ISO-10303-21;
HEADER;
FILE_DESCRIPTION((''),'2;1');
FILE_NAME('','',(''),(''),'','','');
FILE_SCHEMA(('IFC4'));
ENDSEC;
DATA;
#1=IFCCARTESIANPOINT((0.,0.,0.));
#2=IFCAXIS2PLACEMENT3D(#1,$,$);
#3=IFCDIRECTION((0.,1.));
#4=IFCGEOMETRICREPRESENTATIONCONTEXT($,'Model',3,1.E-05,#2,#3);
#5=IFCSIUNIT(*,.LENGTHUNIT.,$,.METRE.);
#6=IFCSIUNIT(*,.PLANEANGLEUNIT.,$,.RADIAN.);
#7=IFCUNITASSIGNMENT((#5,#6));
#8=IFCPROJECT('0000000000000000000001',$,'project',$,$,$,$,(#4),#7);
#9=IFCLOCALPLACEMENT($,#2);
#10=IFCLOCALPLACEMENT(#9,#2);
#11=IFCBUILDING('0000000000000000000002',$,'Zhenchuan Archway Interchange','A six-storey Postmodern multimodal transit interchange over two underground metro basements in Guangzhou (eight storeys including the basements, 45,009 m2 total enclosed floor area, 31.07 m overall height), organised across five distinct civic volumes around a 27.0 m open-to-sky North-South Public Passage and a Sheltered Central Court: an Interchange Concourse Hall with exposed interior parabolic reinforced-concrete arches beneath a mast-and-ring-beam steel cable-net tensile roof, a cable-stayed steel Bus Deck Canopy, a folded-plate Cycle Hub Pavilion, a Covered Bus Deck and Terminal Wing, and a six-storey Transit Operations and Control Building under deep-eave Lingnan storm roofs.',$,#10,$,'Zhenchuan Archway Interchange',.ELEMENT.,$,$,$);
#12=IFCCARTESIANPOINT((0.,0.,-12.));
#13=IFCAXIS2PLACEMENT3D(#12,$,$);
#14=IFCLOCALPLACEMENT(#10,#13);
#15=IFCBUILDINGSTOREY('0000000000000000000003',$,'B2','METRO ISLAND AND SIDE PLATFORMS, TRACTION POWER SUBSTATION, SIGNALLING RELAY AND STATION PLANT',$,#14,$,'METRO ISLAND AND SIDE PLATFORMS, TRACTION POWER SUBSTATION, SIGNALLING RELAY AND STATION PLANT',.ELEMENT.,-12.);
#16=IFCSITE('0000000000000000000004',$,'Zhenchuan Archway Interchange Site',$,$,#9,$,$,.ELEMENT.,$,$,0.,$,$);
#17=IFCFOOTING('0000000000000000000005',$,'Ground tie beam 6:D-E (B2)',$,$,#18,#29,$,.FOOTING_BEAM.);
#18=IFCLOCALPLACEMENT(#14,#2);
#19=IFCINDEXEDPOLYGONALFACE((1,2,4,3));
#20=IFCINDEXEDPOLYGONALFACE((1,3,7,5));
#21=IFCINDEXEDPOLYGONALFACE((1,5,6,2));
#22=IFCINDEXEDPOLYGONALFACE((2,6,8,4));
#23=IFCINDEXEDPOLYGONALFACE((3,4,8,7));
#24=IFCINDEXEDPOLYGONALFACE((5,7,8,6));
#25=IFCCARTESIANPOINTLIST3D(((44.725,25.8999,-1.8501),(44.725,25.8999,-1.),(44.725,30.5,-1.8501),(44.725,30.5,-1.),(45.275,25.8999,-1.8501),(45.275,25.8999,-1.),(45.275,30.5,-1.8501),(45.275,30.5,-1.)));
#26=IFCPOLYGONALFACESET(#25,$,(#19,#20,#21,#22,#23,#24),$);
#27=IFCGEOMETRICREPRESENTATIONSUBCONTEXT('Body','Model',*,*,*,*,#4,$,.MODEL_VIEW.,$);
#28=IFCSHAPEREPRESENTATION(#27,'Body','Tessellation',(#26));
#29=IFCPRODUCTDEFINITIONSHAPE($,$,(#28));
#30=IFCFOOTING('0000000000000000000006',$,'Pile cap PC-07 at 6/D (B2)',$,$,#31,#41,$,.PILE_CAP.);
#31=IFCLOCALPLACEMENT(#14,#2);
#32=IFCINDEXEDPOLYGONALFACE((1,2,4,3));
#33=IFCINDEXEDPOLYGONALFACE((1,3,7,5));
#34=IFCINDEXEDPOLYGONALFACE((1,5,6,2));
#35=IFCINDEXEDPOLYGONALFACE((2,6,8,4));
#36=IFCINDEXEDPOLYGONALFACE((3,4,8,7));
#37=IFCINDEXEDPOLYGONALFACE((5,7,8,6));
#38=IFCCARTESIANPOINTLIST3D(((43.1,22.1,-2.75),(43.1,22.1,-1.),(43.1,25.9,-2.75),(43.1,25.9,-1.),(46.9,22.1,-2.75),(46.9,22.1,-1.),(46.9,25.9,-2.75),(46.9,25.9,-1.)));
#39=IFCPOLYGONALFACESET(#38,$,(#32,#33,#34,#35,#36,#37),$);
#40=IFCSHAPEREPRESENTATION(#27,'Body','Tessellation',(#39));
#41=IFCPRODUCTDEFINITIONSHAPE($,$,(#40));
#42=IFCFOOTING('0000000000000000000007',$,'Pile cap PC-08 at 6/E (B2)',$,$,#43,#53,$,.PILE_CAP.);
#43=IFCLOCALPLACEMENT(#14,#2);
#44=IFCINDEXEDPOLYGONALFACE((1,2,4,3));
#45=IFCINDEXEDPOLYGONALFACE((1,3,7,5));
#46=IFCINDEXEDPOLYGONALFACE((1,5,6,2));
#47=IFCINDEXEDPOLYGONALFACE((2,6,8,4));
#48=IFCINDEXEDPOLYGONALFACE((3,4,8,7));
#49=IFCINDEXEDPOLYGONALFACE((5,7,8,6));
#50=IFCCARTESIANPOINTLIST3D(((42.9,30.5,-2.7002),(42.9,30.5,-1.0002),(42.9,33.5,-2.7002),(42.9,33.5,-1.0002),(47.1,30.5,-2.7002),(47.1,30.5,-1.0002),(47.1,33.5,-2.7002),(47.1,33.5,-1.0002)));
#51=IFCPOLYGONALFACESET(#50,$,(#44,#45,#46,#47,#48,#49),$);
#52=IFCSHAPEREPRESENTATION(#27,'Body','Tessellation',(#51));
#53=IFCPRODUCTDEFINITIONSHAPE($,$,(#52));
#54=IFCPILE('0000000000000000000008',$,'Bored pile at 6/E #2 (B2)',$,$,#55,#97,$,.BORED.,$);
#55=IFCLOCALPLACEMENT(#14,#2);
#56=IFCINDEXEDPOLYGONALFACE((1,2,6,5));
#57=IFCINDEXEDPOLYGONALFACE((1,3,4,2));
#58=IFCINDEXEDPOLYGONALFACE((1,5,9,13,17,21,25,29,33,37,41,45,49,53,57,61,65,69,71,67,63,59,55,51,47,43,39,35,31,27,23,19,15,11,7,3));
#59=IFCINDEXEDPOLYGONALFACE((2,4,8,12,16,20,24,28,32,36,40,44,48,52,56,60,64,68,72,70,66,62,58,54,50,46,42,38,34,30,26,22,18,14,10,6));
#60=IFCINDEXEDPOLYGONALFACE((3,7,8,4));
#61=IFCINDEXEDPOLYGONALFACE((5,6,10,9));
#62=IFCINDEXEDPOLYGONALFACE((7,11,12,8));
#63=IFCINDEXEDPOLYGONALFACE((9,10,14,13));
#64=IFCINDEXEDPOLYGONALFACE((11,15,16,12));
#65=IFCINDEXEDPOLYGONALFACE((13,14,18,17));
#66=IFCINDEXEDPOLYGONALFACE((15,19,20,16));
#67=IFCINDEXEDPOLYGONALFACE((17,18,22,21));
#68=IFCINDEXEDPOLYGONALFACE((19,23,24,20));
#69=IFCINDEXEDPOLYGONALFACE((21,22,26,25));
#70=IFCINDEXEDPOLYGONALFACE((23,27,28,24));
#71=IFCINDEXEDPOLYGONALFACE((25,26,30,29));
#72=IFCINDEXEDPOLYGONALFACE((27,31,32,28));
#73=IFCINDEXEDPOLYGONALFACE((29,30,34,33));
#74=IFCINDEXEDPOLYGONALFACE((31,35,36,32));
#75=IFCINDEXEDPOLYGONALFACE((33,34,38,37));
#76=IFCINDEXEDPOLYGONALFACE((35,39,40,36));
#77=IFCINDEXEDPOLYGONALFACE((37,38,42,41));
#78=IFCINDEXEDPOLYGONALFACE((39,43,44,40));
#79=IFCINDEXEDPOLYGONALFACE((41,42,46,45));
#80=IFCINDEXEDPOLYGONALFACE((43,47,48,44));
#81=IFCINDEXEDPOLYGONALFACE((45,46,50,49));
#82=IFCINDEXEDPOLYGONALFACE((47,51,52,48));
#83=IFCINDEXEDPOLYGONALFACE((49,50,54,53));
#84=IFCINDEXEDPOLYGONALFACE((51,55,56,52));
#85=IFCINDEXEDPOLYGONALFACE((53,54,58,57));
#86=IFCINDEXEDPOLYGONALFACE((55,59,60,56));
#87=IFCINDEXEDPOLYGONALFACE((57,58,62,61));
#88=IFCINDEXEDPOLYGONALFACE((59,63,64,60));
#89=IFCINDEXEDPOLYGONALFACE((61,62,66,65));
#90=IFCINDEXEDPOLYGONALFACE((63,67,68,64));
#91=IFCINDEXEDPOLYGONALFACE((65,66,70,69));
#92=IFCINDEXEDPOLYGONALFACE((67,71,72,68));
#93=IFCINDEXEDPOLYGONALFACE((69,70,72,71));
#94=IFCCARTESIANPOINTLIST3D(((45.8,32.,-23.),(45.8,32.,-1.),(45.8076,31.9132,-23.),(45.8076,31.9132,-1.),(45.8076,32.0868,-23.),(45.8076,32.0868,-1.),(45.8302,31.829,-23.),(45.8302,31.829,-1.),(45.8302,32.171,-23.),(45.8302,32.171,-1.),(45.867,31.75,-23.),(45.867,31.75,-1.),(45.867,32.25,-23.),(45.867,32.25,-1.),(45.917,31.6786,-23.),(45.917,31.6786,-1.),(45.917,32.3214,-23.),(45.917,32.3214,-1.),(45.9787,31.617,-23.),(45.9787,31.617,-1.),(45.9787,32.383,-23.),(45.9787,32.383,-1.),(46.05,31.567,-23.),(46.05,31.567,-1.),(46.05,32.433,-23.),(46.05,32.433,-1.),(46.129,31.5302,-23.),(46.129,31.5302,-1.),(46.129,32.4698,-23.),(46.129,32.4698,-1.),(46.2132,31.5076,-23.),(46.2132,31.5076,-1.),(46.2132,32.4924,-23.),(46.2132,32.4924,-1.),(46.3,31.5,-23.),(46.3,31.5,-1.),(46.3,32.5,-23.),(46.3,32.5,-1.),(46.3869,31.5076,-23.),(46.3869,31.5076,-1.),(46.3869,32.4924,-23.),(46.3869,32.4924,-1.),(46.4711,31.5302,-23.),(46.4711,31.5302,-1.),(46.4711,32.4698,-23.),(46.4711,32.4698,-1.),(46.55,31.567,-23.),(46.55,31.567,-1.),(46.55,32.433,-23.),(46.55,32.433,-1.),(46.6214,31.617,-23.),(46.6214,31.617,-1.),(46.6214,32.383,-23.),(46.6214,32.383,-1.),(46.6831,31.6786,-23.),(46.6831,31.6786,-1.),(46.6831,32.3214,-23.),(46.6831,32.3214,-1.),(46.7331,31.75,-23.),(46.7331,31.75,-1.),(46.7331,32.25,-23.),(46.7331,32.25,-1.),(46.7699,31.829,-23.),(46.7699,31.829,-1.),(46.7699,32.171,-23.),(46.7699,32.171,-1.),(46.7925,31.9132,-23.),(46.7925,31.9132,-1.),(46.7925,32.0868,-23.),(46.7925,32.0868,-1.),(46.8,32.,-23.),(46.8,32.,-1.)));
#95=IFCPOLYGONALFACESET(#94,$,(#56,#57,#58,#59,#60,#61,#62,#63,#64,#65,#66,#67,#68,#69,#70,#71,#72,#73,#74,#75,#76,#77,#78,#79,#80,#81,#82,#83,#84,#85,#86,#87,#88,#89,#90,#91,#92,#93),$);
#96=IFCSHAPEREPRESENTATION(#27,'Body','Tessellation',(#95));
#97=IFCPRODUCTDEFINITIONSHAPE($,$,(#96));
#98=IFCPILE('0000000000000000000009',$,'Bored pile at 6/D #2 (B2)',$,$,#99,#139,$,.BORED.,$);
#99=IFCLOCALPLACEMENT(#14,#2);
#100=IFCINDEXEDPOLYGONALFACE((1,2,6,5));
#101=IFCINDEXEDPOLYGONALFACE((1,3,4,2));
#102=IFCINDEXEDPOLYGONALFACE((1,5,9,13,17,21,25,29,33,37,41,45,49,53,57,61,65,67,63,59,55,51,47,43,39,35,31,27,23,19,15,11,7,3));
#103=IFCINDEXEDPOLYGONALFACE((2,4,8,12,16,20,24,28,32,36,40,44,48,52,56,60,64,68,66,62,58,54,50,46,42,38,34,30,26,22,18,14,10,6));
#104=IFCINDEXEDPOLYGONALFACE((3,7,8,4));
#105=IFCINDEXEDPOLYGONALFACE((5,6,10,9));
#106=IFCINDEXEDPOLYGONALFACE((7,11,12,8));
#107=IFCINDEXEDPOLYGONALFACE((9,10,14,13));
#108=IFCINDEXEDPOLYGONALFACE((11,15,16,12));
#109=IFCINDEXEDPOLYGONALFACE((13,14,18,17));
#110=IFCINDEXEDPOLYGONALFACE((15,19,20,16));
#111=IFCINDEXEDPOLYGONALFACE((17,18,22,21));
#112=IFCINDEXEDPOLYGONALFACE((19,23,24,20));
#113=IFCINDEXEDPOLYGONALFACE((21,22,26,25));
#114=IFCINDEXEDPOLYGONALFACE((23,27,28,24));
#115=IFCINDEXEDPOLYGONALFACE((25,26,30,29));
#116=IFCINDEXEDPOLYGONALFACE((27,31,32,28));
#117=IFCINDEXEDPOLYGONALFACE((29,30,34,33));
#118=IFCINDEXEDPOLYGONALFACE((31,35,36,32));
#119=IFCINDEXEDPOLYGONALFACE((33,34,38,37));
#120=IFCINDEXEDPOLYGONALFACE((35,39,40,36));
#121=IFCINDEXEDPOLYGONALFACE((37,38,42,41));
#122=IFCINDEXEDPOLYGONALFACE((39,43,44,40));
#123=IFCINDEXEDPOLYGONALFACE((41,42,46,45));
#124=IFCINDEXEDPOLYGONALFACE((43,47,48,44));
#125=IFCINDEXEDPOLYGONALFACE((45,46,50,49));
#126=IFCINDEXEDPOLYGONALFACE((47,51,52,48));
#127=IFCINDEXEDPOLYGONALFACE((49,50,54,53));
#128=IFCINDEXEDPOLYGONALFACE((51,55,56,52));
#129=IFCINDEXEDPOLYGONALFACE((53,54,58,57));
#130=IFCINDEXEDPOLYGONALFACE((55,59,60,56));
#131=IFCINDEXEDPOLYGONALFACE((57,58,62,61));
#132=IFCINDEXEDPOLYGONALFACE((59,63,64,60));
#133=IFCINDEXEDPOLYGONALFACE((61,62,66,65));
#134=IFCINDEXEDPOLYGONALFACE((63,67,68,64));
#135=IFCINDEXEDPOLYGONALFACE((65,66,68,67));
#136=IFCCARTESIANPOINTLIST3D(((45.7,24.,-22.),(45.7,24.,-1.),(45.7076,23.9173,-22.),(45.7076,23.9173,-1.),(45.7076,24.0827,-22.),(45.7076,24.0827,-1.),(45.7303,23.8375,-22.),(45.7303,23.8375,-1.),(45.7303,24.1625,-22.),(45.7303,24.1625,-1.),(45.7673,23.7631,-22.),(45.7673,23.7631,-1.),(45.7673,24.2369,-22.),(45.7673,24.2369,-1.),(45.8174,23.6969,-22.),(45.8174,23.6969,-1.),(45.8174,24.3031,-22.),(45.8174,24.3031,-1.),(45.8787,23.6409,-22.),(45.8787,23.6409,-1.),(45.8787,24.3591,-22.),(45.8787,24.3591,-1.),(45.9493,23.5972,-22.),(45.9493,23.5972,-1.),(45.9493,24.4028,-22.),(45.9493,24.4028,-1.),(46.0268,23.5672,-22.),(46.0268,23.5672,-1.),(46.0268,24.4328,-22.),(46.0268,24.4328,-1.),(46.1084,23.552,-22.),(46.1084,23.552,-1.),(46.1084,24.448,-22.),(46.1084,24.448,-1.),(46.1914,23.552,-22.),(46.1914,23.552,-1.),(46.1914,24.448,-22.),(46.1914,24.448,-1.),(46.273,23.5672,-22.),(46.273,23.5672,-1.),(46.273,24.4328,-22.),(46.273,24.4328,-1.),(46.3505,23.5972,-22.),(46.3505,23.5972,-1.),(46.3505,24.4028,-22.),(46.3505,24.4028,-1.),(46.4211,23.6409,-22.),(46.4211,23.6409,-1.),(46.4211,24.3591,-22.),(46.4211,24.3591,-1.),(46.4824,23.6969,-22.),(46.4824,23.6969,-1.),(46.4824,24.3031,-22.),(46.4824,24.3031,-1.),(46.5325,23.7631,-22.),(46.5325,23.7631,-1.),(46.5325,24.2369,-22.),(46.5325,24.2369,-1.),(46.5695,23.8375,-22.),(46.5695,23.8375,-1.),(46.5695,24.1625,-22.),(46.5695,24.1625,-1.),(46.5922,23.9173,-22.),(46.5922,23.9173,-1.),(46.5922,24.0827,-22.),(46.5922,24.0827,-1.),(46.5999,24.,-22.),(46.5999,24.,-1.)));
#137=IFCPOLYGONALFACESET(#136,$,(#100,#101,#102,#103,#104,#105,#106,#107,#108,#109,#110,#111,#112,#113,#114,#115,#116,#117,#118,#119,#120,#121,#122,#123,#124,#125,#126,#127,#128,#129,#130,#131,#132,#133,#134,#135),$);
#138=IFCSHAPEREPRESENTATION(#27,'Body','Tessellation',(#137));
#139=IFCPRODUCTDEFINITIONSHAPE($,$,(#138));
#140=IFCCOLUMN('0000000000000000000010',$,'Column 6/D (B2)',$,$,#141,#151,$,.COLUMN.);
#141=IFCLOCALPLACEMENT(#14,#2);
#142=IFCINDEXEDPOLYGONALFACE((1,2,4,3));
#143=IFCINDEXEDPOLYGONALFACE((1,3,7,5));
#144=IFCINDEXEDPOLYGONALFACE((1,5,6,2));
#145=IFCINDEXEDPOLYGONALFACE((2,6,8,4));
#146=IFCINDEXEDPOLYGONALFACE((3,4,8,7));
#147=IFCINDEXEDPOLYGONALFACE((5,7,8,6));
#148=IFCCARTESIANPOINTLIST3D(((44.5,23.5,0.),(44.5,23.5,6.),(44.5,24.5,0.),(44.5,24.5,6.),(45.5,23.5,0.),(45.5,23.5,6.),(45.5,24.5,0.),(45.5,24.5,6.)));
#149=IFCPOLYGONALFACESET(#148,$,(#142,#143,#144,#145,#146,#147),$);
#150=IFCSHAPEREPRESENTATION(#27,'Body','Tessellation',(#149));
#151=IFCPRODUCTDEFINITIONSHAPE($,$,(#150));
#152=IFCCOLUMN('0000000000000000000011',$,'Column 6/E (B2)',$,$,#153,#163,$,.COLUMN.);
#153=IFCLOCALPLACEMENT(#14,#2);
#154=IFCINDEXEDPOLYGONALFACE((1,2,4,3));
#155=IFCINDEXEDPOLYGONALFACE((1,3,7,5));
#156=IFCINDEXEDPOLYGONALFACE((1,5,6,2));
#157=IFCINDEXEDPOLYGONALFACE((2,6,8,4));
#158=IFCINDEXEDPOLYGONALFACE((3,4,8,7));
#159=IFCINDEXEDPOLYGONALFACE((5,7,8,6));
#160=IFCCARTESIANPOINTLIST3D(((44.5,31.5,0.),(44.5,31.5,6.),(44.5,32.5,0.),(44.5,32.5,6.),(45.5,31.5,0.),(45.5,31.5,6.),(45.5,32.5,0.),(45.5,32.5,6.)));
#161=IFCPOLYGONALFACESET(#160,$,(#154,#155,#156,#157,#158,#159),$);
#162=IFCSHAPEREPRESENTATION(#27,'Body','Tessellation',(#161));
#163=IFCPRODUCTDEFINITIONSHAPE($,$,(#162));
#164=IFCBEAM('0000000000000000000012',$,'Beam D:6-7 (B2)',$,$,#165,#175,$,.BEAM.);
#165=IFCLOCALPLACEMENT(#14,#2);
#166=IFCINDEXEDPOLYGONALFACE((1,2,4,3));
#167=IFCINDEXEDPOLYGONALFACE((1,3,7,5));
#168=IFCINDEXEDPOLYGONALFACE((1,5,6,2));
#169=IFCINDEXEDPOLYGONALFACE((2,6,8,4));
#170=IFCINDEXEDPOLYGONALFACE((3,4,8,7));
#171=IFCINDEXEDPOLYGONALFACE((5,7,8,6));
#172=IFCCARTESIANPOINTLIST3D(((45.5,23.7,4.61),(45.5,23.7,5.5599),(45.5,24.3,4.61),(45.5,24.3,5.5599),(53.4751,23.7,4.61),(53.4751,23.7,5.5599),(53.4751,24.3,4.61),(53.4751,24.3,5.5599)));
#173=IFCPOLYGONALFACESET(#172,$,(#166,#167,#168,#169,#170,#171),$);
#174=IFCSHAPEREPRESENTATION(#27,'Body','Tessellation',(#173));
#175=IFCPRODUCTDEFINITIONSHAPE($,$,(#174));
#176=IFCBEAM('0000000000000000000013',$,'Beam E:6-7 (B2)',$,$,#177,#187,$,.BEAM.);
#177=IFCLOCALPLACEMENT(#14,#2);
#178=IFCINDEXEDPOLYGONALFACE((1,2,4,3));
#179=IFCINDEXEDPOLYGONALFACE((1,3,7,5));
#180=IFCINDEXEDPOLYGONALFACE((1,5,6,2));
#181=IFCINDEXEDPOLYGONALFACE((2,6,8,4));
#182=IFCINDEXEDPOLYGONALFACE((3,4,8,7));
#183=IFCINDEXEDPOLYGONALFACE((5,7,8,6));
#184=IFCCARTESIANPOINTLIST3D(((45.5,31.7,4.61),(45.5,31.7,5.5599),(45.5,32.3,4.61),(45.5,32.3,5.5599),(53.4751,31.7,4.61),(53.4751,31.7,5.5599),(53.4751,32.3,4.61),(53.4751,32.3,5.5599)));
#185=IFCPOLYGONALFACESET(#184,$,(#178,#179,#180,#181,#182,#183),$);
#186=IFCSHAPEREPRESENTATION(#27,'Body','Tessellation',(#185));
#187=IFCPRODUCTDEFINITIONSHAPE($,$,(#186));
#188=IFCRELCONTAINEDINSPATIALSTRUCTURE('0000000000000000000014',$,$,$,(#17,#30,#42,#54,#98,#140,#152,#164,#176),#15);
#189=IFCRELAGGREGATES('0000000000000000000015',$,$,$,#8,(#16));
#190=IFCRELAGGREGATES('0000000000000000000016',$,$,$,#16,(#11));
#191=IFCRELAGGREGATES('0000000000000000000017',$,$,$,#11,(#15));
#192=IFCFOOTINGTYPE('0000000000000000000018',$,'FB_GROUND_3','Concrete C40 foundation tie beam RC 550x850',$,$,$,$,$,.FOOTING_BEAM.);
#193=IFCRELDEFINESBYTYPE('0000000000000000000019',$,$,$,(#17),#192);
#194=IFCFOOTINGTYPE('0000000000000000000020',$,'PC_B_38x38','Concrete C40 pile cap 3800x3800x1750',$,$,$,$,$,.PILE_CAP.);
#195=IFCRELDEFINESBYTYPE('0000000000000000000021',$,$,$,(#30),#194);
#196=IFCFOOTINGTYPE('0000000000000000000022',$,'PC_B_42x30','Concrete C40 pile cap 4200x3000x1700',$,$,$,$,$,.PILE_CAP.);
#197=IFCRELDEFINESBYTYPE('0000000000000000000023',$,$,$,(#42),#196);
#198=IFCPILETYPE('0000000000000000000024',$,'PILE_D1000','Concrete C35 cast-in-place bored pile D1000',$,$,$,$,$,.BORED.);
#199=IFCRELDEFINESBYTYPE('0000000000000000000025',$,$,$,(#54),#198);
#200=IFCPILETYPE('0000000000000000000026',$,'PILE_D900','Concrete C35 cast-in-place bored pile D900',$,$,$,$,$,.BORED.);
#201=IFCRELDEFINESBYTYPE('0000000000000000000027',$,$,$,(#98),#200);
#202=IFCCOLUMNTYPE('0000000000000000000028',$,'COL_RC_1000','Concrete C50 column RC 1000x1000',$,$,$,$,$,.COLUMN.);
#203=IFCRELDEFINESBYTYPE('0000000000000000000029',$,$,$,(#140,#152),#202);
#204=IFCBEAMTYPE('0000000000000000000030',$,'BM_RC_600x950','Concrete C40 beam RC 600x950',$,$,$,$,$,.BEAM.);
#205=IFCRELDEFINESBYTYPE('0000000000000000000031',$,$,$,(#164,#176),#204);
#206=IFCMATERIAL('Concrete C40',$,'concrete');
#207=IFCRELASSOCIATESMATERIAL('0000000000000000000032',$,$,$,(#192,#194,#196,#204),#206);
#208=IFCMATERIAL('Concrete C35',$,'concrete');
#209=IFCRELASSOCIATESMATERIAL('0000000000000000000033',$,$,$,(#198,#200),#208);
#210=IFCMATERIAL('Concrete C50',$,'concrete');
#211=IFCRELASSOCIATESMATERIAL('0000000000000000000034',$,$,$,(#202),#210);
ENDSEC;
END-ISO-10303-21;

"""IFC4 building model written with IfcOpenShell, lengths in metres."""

from ifc_helpers import new_model, si_unit, direction, frame, origin, origin_2d, place, context, subcontext, project, spatial, rectangle, circle, extrude, material, material_profile, profile_set, type_object, element, save


model = new_model("IFC4")

# Units and contexts
model_context = context("Model", 3, precision=1e-05, world=origin(), true_north=direction((0.0, 1.0)))
body_context = subcontext(model_context, "Body", "Model", "MODEL_VIEW")
ifc_project = project(units=[si_unit("LENGTHUNIT", "METRE"), si_unit("PLANEANGLEUNIT", "RADIAN")], contexts=[model_context])

# Site, building, storey
site_placement = place(None, origin())
site = spatial("IfcSite", under=ifc_project, at=site_placement, Name="Zhenchuan Archway Interchange Site", CompositionType="ELEMENT", RefElevation=0.0)
building_placement = place(site_placement, origin())
building = spatial("IfcBuilding", under=site, at=building_placement, Name="Zhenchuan Archway Interchange", Description="A six-storey Postmodern multimodal transit interchange over two underground metro basements in Guangzhou (eight storeys including the basements, 45,009 m2 total enclosed floor area, 31.07 m overall height), organised across five distinct civic volumes around a 27.0 m open-to-sky North-South Public Passage and a Sheltered Central Court: an Interchange Concourse Hall with exposed interior parabolic reinforced-concrete arches beneath a mast-and-ring-beam steel cable-net tensile roof, a cable-stayed steel Bus Deck Canopy, a folded-plate Cycle Hub Pavilion, a Covered Bus Deck and Terminal Wing, and a six-storey Transit Operations and Control Building under deep-eave Lingnan storm roofs.", LongName="Zhenchuan Archway Interchange", CompositionType="ELEMENT")
storey_placement = place(building_placement, frame((0.0, 0.0, -12.0)))
storey = spatial("IfcBuildingStorey", under=building, at=storey_placement, Name="B2", Description="METRO ISLAND AND SIDE PLATFORMS, TRACTION POWER SUBSTATION, SIGNALLING RELAY AND STATION PLANT", LongName="METRO ISLAND AND SIDE PLATFORMS, TRACTION POWER SUBSTATION, SIGNALLING RELAY AND STATION PLANT", CompositionType="ELEMENT", Elevation=-12.0)

# Footings
ifc_material_1 = material(Name="Concrete C40", Category="concrete")
ifc_material_profile_1 = material_profile(ifc_material_1, rectangle(XDim=0.55, YDim=0.8501, at=origin_2d()), Name="RC 550x850")
ifc_profile_set_1 = profile_set([ifc_material_profile_1], Name="Concrete C40")
footing_type_1 = type_object("IfcFootingType", Name="FB_GROUND_3", Description="Concrete C40 foundation tie beam RC 550x850", PredefinedType="FOOTING_BEAM", material=ifc_profile_set_1)
footing_1_placement = place(storey_placement, frame((45.0, 25.8999, -1.425), z_axis=(0.0, 1.0, 0.0), x_axis=(-1.0, 0.0, 0.0)))
element("IfcFooting", 1, at=footing_1_placement, inside=storey, type_object=footing_type_1, Name="Ground tie beam 6:D-E (B2)", PredefinedType="FOOTING_BEAM", context=body_context, shape_type="SweptSolid", body=[
    extrude(rectangle(XDim=0.55, YDim=0.8501, at=origin_2d()), origin(), (0.0, 0.0, 1.0), 4.6001),
])
footing_type_2 = type_object("IfcFootingType", Name="PC_B_38x38", Description="Concrete C40 pile cap 3800x3800x1750", PredefinedType="PILE_CAP", material=ifc_material_1)
footing_2_placement = place(storey_placement, frame((45.0, 24.0, -2.75), z_axis=(0.0, 0.0, 1.0), x_axis=(1.0, 0.0, 0.0)))
element("IfcFooting", 2, at=footing_2_placement, inside=storey, type_object=footing_type_2, Name="Pile cap PC-07 at 6/D (B2)", PredefinedType="PILE_CAP", context=body_context, shape_type="SweptSolid", body=[
    extrude(rectangle(XDim=3.8, YDim=3.8, at=origin_2d()), origin(), (0.0, 0.0, 1.0), 1.75),
])
footing_type_3 = type_object("IfcFootingType", Name="PC_B_42x30", Description="Concrete C40 pile cap 4200x3000x1700", PredefinedType="PILE_CAP", material=ifc_material_1)
footing_3_placement = place(storey_placement, frame((45.0, 32.0, -2.7002), z_axis=(0.0, 0.0, 1.0), x_axis=(1.0, 0.0, 0.0)))
element("IfcFooting", 3, at=footing_3_placement, inside=storey, type_object=footing_type_3, Name="Pile cap PC-08 at 6/E (B2)", PredefinedType="PILE_CAP", context=body_context, shape_type="SweptSolid", body=[
    extrude(rectangle(XDim=4.2, YDim=3.0, at=origin_2d()), origin(), (0.0, 0.0, 1.0), 1.7),
])

# Piles
ifc_material_2 = material(Name="Concrete C35", Category="concrete")
ifc_material_profile_2 = material_profile(ifc_material_2, circle(Radius=0.5, at=origin_2d()), Name="BORED PILE 1000")
ifc_profile_set_2 = profile_set([ifc_material_profile_2], Name="Concrete C35")
pile_type_1 = type_object("IfcPileType", Name="PILE_D1000", Description="Concrete C35 cast-in-place bored pile D1000", PredefinedType="BORED", material=ifc_profile_set_2)
pile_1_placement = place(storey_placement, frame((46.3, 32.0, -1.0), z_axis=(0.0, 0.0, -1.0), x_axis=(1.0, 0.0, 0.0)))
element("IfcPile", 4, at=pile_1_placement, inside=storey, type_object=pile_type_1, Name="Bored pile at 6/E #2 (B2)", PredefinedType="BORED", context=body_context, shape_type="SweptSolid", body=[
    extrude(circle(Radius=0.5, at=origin_2d()), origin(), (0.0, 0.0, 1.0), 22.0),
])
ifc_material_profile_3 = material_profile(ifc_material_2, circle(Radius=0.45, at=origin_2d()), Name="BORED PILE 900")
ifc_profile_set_3 = profile_set([ifc_material_profile_3], Name="Concrete C35")
pile_type_2 = type_object("IfcPileType", Name="PILE_D900", Description="Concrete C35 cast-in-place bored pile D900", PredefinedType="BORED", material=ifc_profile_set_3)
pile_2_placement = place(storey_placement, frame((46.1499, 24.0, -1.0), z_axis=(0.0, 0.0, -1.0), x_axis=(1.0, 0.0, 0.0)))
element("IfcPile", 5, at=pile_2_placement, inside=storey, type_object=pile_type_2, Name="Bored pile at 6/D #2 (B2)", PredefinedType="BORED", context=body_context, shape_type="SweptSolid", body=[
    extrude(circle(Radius=0.45, at=origin_2d()), origin(), (0.0, 0.0, 1.0), 21.0),
])

# Columns
ifc_material_3 = material(Name="Concrete C50", Category="concrete")
ifc_material_profile_4 = material_profile(ifc_material_3, rectangle(XDim=1.0, YDim=1.0, at=origin_2d()), Name="RC 1000x1000")
ifc_profile_set_4 = profile_set([ifc_material_profile_4], Name="Concrete C50")
column_type = type_object("IfcColumnType", Name="COL_RC_1000", Description="Concrete C50 column RC 1000x1000", PredefinedType="COLUMN", material=ifc_profile_set_4)
for number, where, z_axis, x_axis, name in (
    (6, (45.0, 24.0, 0.0), (0.0, 0.0, 1.0), (1.0, 0.0, 0.0), "Column 6/D (B2)"),
    (7, (45.0, 32.0, 0.0), (0.0, 0.0, 1.0), (1.0, 0.0, 0.0), "Column 6/E (B2)"),
):
    element("IfcColumn", number, at=place(storey_placement, frame(where, z_axis=z_axis, x_axis=x_axis)), inside=storey, type_object=column_type, Name=name, PredefinedType="COLUMN", context=body_context, shape_type="SweptSolid", body=[
        extrude(rectangle(XDim=1.0, YDim=1.0, at=origin_2d()), origin(), (0.0, 0.0, 1.0), 6.0),
    ])

# Beams
ifc_material_profile_5 = material_profile(ifc_material_1, rectangle(XDim=0.6001, YDim=0.95, at=origin_2d()), Name="RC 600x950")
ifc_profile_set_5 = profile_set([ifc_material_profile_5], Name="Concrete C40")
beam_type = type_object("IfcBeamType", Name="BM_RC_600x950", Description="Concrete C40 beam RC 600x950", PredefinedType="BEAM", material=ifc_profile_set_5)
for number, where, z_axis, x_axis, name in (
    (8, (45.5, 24.0, 5.085), (1.0, 0.0, 0.0), (0.0, 1.0, 0.0), "Beam D:6-7 (B2)"),
    (9, (45.5, 32.0, 5.085), (1.0, 0.0, 0.0), (0.0, 1.0, 0.0), "Beam E:6-7 (B2)"),
):
    element("IfcBeam", number, at=place(storey_placement, frame(where, z_axis=z_axis, x_axis=x_axis)), inside=storey, type_object=beam_type, Name=name, PredefinedType="BEAM", context=body_context, shape_type="SweptSolid", body=[
        extrude(rectangle(XDim=0.6001, YDim=0.95, at=origin_2d()), origin(), (0.0, 0.0, 1.0), 7.9751),
    ])

save(model, "model.ifc")
